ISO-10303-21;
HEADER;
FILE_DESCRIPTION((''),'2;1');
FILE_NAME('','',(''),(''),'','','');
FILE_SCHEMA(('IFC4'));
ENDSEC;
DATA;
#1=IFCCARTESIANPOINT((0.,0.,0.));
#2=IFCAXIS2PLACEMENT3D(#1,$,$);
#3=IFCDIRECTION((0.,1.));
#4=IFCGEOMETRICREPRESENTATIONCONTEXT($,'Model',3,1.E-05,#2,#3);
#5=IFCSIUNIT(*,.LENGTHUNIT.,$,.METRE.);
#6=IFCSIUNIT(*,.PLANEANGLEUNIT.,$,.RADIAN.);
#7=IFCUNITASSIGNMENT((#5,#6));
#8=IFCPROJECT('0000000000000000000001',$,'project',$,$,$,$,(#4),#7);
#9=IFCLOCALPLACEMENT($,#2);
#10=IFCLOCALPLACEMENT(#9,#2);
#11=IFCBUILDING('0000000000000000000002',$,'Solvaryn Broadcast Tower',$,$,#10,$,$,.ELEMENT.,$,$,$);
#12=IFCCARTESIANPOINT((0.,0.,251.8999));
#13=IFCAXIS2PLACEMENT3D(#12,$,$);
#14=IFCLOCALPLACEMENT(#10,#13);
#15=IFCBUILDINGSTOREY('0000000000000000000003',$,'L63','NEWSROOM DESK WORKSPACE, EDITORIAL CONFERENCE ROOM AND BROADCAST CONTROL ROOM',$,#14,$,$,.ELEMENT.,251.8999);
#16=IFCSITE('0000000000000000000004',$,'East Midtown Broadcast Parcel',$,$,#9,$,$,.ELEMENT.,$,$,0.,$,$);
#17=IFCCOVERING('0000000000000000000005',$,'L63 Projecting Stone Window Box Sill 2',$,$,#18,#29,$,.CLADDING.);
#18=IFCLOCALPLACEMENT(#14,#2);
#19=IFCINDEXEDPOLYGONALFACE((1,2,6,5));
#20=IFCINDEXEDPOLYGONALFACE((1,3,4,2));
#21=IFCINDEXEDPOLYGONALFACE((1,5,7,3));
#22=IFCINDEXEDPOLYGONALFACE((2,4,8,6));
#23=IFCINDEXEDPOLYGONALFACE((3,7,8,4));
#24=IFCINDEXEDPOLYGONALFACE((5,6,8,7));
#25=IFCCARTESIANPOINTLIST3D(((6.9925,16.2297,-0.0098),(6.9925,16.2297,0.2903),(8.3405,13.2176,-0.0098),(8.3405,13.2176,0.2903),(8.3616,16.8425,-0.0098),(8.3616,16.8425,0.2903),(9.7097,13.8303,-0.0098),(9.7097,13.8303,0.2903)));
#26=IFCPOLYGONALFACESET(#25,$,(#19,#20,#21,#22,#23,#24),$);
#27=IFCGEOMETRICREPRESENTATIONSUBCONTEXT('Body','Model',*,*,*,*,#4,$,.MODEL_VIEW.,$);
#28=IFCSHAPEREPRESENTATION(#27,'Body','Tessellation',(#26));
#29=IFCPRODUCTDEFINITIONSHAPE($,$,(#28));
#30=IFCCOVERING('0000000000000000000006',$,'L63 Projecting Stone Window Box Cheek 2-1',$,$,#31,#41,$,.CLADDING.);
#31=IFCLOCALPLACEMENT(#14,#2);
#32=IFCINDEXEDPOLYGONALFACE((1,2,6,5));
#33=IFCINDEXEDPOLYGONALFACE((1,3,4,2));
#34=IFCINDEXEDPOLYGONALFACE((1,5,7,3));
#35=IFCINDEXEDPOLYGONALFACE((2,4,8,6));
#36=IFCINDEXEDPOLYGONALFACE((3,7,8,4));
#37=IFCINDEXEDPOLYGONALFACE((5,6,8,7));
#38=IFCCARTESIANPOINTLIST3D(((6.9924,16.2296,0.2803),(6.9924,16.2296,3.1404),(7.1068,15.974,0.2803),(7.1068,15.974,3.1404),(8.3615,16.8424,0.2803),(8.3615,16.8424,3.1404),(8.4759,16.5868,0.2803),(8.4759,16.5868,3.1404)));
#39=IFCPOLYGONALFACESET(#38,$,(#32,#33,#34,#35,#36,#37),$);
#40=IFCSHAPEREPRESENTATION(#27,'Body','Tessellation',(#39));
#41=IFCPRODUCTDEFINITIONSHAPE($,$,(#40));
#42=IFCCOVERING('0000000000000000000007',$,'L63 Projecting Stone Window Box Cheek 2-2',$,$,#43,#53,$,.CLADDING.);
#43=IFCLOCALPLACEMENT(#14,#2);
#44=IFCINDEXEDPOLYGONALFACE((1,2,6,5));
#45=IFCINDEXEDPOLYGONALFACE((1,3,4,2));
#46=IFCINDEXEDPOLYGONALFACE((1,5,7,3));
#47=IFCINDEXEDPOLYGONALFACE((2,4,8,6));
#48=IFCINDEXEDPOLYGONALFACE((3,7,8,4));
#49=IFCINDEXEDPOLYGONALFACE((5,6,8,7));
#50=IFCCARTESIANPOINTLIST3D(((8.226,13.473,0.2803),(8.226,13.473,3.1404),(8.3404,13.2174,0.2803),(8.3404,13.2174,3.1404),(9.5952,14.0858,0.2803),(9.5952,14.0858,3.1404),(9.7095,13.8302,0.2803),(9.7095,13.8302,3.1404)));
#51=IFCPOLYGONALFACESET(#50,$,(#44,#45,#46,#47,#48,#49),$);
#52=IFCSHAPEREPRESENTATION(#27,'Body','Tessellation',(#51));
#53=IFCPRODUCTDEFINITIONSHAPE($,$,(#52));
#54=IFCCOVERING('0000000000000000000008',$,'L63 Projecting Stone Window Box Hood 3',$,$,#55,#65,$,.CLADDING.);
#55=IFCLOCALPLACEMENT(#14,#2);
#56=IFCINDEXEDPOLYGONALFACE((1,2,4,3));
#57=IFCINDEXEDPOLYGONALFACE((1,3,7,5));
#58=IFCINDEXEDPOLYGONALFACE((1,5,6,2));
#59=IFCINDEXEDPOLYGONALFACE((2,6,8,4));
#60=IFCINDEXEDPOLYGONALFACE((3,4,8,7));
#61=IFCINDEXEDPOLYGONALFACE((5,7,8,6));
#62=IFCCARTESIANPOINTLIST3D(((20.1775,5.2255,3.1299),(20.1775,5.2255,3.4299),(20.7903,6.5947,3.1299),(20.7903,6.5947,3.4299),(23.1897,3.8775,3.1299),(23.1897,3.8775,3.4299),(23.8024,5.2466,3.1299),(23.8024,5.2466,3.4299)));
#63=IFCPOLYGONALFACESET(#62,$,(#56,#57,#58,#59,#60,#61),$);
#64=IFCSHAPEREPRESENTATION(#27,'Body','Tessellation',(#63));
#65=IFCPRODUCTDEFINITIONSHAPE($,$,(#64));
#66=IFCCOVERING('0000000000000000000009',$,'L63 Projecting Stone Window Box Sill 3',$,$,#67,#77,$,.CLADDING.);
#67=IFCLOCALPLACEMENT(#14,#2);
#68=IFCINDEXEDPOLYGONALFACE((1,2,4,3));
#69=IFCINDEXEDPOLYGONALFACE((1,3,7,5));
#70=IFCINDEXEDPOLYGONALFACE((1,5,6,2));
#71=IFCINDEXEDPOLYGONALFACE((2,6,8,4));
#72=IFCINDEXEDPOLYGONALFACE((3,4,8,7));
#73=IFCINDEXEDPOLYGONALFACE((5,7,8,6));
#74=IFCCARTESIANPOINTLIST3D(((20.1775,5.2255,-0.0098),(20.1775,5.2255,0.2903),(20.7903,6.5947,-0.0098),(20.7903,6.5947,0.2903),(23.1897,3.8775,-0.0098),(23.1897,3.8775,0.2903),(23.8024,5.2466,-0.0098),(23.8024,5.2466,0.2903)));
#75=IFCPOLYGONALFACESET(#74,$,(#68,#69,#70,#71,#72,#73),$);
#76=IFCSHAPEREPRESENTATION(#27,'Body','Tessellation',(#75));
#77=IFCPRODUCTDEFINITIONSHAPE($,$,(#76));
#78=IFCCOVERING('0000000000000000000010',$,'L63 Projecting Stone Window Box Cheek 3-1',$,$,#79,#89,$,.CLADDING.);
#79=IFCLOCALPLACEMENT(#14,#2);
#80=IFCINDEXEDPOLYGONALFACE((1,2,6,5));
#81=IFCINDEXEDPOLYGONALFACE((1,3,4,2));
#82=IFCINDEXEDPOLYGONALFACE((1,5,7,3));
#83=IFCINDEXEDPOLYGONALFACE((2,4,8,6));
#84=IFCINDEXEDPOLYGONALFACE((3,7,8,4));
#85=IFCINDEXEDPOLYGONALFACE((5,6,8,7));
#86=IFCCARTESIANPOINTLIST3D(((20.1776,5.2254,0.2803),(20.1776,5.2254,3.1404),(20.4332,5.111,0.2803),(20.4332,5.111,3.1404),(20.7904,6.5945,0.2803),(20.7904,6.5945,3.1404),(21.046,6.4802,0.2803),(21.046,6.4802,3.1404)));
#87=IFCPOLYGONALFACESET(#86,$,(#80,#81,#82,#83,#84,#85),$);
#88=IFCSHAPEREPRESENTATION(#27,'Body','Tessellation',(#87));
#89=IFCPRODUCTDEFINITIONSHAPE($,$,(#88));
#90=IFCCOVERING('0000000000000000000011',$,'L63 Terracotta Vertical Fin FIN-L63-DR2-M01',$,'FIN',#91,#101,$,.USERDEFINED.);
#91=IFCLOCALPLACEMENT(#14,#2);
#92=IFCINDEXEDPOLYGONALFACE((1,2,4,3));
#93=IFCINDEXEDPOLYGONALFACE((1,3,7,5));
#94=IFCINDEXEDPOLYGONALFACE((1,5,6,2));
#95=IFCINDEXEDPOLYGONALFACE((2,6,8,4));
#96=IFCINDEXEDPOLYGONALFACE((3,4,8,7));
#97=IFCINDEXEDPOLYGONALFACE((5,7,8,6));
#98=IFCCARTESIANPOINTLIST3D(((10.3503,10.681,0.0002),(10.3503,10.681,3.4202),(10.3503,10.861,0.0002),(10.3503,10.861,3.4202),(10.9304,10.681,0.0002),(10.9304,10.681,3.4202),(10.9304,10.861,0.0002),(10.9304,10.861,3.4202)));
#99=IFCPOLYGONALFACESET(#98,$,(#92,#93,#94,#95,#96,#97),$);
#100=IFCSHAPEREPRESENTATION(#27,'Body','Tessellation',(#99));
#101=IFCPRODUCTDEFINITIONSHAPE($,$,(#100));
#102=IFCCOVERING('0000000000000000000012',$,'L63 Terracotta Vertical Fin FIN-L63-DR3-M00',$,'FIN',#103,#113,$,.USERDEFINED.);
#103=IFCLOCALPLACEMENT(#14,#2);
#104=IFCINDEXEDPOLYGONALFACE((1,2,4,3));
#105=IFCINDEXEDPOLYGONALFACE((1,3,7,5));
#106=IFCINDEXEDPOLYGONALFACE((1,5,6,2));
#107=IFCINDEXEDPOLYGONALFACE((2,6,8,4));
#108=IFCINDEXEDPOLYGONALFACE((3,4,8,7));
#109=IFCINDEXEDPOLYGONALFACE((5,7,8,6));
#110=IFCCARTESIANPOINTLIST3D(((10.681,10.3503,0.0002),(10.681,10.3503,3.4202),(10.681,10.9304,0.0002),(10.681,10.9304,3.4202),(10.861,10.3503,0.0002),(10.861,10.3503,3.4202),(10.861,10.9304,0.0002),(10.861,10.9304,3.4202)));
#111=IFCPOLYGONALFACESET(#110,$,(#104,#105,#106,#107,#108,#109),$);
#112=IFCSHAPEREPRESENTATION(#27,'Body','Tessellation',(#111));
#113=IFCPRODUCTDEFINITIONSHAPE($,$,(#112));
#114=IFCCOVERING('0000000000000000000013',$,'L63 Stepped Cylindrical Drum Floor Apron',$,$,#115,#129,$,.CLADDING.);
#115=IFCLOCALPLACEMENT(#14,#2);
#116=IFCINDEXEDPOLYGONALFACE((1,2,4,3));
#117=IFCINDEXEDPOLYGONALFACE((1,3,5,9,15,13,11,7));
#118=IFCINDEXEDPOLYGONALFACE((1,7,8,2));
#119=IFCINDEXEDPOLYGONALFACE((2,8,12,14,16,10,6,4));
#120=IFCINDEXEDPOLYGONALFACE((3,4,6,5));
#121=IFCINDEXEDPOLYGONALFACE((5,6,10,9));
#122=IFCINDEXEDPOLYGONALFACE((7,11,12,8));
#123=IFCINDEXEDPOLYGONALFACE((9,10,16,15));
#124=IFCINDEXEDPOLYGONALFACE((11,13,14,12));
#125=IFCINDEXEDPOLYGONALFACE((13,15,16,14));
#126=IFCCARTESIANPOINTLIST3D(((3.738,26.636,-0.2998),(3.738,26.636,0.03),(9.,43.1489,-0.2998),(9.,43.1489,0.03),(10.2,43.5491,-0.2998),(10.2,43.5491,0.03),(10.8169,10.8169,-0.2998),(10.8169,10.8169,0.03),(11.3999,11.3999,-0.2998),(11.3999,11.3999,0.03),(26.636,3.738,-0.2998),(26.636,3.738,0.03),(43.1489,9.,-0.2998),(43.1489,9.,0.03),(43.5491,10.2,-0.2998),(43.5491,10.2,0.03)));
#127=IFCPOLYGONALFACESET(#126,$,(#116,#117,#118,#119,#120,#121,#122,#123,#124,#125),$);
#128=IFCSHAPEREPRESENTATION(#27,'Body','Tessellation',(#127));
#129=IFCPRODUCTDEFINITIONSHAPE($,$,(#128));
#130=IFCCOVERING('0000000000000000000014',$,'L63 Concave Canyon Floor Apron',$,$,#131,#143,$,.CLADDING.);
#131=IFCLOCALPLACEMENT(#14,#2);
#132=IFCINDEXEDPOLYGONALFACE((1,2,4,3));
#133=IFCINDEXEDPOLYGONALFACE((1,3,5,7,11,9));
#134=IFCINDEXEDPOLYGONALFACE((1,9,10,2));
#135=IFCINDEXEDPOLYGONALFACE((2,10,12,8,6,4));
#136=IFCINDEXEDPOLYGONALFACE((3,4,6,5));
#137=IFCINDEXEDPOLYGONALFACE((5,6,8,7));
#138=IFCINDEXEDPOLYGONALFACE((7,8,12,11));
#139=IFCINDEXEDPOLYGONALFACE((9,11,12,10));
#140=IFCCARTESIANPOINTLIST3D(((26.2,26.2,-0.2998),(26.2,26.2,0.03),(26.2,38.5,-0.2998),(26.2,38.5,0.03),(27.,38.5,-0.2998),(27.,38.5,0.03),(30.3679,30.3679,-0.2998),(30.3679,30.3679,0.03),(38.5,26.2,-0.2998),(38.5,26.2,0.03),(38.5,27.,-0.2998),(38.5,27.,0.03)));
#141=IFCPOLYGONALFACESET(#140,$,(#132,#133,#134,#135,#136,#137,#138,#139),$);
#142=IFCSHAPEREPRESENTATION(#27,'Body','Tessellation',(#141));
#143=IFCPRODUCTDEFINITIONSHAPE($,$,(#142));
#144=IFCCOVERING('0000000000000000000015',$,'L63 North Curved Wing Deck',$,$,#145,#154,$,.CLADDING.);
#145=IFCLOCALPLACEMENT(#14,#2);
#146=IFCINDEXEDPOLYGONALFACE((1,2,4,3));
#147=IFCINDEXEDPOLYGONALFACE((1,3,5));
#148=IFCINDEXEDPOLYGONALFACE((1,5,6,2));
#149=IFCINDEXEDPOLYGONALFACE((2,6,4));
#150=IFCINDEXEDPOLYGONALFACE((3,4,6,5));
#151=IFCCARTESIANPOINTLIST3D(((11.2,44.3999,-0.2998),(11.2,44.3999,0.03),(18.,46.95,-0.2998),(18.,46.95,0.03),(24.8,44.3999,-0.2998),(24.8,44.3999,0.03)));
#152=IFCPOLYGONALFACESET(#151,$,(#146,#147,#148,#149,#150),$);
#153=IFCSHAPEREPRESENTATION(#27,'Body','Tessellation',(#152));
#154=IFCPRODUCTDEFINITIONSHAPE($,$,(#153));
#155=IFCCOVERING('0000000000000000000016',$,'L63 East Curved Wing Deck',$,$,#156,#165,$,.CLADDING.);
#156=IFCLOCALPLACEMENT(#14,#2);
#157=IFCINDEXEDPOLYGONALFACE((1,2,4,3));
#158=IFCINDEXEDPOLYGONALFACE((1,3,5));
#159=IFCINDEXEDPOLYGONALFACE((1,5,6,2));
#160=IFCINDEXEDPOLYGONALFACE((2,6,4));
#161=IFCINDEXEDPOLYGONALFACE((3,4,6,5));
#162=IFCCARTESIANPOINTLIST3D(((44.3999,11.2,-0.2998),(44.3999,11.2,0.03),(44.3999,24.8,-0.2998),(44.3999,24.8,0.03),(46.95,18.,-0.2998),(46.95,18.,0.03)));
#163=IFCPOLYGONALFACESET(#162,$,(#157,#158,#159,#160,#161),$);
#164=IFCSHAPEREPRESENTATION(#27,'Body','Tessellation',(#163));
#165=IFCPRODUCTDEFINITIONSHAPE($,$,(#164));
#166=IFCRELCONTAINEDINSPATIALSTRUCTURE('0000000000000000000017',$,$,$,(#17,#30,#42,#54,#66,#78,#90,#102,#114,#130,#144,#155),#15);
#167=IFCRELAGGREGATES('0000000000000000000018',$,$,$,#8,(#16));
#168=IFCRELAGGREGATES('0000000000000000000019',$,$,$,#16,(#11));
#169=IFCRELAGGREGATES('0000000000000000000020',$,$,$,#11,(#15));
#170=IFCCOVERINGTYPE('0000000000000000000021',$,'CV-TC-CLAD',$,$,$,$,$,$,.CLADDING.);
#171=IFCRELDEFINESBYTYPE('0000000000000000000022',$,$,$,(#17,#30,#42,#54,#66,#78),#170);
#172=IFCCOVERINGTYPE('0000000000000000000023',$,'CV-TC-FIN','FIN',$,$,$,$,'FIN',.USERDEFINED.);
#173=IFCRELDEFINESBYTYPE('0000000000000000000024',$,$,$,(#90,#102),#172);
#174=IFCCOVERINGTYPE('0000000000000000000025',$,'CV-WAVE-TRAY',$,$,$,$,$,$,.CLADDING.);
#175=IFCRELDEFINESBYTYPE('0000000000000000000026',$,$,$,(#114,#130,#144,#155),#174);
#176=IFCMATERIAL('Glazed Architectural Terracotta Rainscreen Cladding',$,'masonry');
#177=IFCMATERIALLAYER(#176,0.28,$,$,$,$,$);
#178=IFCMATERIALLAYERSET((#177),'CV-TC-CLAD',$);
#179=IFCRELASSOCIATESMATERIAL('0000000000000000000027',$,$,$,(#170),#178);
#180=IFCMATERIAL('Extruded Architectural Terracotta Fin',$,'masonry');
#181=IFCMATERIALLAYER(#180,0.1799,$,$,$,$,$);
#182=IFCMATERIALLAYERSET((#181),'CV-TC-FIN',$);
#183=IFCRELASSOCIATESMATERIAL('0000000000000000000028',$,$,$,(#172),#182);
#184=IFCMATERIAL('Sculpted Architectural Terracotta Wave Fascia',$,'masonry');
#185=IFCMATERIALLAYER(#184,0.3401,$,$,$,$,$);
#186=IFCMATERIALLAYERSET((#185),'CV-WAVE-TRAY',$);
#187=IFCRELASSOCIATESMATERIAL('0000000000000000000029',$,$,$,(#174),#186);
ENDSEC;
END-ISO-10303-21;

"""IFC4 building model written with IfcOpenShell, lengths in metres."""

from ifc_helpers import new_model, si_unit, direction, frame, origin, origin_2d, place, context, subcontext, project, spatial, polyline, rectangle, outline, extrude, material, layer, layer_set, type_object, element, save


model = new_model("IFC4")

# Units and contexts
model_context = context("Model", 3, precision=1e-05, world=origin(), true_north=direction((0.0, 1.0)))
body_context = subcontext(model_context, "Body", "Model", "MODEL_VIEW")
ifc_project = project(units=[si_unit("LENGTHUNIT", "METRE"), si_unit("PLANEANGLEUNIT", "RADIAN")], contexts=[model_context])

# Site, building, storey
site_placement = place(None, origin())
site = spatial("IfcSite", under=ifc_project, at=site_placement, Name="East Midtown Broadcast Parcel", CompositionType="ELEMENT", RefElevation=0.0)
building_placement = place(site_placement, origin())
building = spatial("IfcBuilding", under=site, at=building_placement, Name="Solvaryn Broadcast Tower", CompositionType="ELEMENT")
storey_placement = place(building_placement, frame((0.0, 0.0, 251.8999)))
storey = spatial("IfcBuildingStorey", under=building, at=storey_placement, Name="L63", Description="NEWSROOM DESK WORKSPACE, EDITORIAL CONFERENCE ROOM AND BROADCAST CONTROL ROOM", CompositionType="ELEMENT", Elevation=251.8999)

# Coverings
ifc_material_1 = material(Name="Glazed Architectural Terracotta Rainscreen Cladding", Category="masonry")
ifc_layer_1 = layer(ifc_material_1, 0.28)
ifc_layer_set_1 = layer_set([ifc_layer_1], Name="CV-TC-CLAD")
covering_type_1 = type_object("IfcCoveringType", Name="CV-TC-CLAD", PredefinedType="CLADDING", material=ifc_layer_set_1)
for number, where, z_axis, x_axis, name in (
    (1, (8.3511, 15.03, -0.0098), (0.0, 0.0, 1.0), (0.40849, -0.912763, 0.0), "L63 Projecting Stone Window Box Sill 2"),
):
    element("IfcCovering", number, at=place(storey_placement, frame(where, z_axis=z_axis, x_axis=x_axis)), inside=storey, type_object=covering_type_1, Name=name, PredefinedType="CLADDING", context=body_context, shape_type="SweptSolid", body=[
        extrude(rectangle(XDim=3.3, YDim=1.5, at=origin_2d()), origin(), (0.0, 0.0, 1.0), 0.3),
    ])
for number, where, z_axis, x_axis, name in (
    (2, (7.7341, 16.4082, 0.2803), (0.0, 0.0, 1.0), (0.40849, -0.912763, 0.0), "L63 Projecting Stone Window Box Cheek 2-1"),
    (3, (8.9678, 13.6516, 0.2803), (0.0, 0.0, 1.0), (0.40849, -0.912763, 0.0), "L63 Projecting Stone Window Box Cheek 2-2"),
):
    element("IfcCovering", number, at=place(storey_placement, frame(where, z_axis=z_axis, x_axis=x_axis)), inside=storey, type_object=covering_type_1, Name=name, PredefinedType="CLADDING", context=body_context, shape_type="SweptSolid", body=[
        extrude(rectangle(XDim=0.28, YDim=1.5, at=origin_2d()), origin(), (0.0, 0.0, 1.0), 2.8601),
    ])
for number, where, z_axis, x_axis, name in (
    (4, (21.99, 5.2361, 3.1299), (0.0, 0.0, 1.0), (0.912763, -0.40849, 0.0), "L63 Projecting Stone Window Box Hood 3"),
    (5, (21.99, 5.2361, -0.0098), (0.0, 0.0, 1.0), (0.912763, -0.40849, 0.0), "L63 Projecting Stone Window Box Sill 3"),
):
    element("IfcCovering", number, at=place(storey_placement, frame(where, z_axis=z_axis, x_axis=x_axis)), inside=storey, type_object=covering_type_1, Name=name, PredefinedType="CLADDING", context=body_context, shape_type="SweptSolid", body=[
        extrude(rectangle(XDim=3.3, YDim=1.5, at=origin_2d()), origin(), (0.0, 0.0, 1.0), 0.3),
    ])
covering_1_placement = place(storey_placement, frame((20.6118, 5.8528, 0.2803), z_axis=(0.0, 0.0, 1.0), x_axis=(0.912763, -0.40849, 0.0)))
element("IfcCovering", 6, at=covering_1_placement, inside=storey, type_object=covering_type_1, Name="L63 Projecting Stone Window Box Cheek 3-1", PredefinedType="CLADDING", context=body_context, shape_type="SweptSolid", body=[
    extrude(rectangle(XDim=0.28, YDim=1.5, at=origin_2d()), origin(), (0.0, 0.0, 1.0), 2.8601),
])
ifc_material_2 = material(Name="Extruded Architectural Terracotta Fin", Category="masonry")
ifc_layer_2 = layer(ifc_material_2, 0.1799)
ifc_layer_set_2 = layer_set([ifc_layer_2], Name="CV-TC-FIN")
covering_type_2 = type_object("IfcCoveringType", Name="CV-TC-FIN", Description="FIN", ElementType="FIN", PredefinedType="USERDEFINED", material=ifc_layer_set_2)
covering_2_placement = place(storey_placement, frame((10.6404, 10.771, 0.0002), z_axis=(0.0, 0.0, 1.0), x_axis=(1.0, 0.0, 0.0)))
element("IfcCovering", 7, at=covering_2_placement, inside=storey, type_object=covering_type_2, Name="L63 Terracotta Vertical Fin FIN-L63-DR2-M01", ObjectType="FIN", PredefinedType="USERDEFINED", context=body_context, shape_type="SweptSolid", body=[
    extrude(rectangle(XDim=0.5801, YDim=0.1799, at=origin_2d()), origin(), (0.0, 0.0, 1.0), 3.4199),
])
covering_3_placement = place(storey_placement, frame((10.771, 10.6404, 0.0002), z_axis=(0.0, 0.0, 1.0), x_axis=(1.0, 0.0, 0.0)))
element("IfcCovering", 8, at=covering_3_placement, inside=storey, type_object=covering_type_2, Name="L63 Terracotta Vertical Fin FIN-L63-DR3-M00", ObjectType="FIN", PredefinedType="USERDEFINED", context=body_context, shape_type="SweptSolid", body=[
    extrude(rectangle(XDim=0.1799, YDim=0.5801, at=origin_2d()), origin(), (0.0, 0.0, 1.0), 3.4199),
])
ifc_material_3 = material(Name="Sculpted Architectural Terracotta Wave Fascia", Category="masonry")
ifc_layer_3 = layer(ifc_material_3, 0.3401)
ifc_layer_set_3 = layer_set([ifc_layer_3], Name="CV-WAVE-TRAY")
covering_type_3 = type_object("IfcCoveringType", Name="CV-WAVE-TRAY", PredefinedType="CLADDING", material=ifc_layer_set_3)
covering_4_placement = place(storey_placement, frame((0.0, 0.0, -0.2998)))
element("IfcCovering", 9, at=covering_4_placement, inside=storey, type_object=covering_type_3, Name="L63 Stepped Cylindrical Drum Floor Apron", PredefinedType="CLADDING", context=body_context, shape_type="SweptSolid", body=[
    extrude(outline(polyline([(10.2, 43.5491), (9.0, 43.1489), (3.738, 26.636), (10.8169, 10.8169), (26.636, 3.738), (43.1489, 9.0), (43.1489, 9.0), (43.5491, 10.2), (11.3999, 11.3999), (10.2, 43.5491)])), origin(), (0.0, 0.0, 1.0), 0.3298),
])
covering_5_placement = place(storey_placement, frame((0.0, 0.0, -0.2998)))
element("IfcCovering", 10, at=covering_5_placement, inside=storey, type_object=covering_type_3, Name="L63 Concave Canyon Floor Apron", PredefinedType="CLADDING", context=body_context, shape_type="SweptSolid", body=[
    extrude(outline(polyline([(26.2, 26.2), (38.5, 26.2), (38.5, 27.0), (30.3679, 30.3679), (27.0, 38.5), (26.2, 38.5), (26.2, 26.2)])), origin(), (0.0, 0.0, 1.0), 0.3298),
])
covering_6_placement = place(storey_placement, frame((0.0, 0.0, -0.2998)))
element("IfcCovering", 11, at=covering_6_placement, inside=storey, type_object=covering_type_3, Name="L63 North Curved Wing Deck", PredefinedType="CLADDING", context=body_context, shape_type="SweptSolid", body=[
    extrude(outline(polyline([(11.2, 44.3999), (24.8, 44.3999), (18.0, 46.95), (11.2, 44.3999)])), origin(), (0.0, 0.0, 1.0), 0.3298),
])
covering_7_placement = place(storey_placement, frame((0.0, 0.0, -0.2998)))
element("IfcCovering", 12, at=covering_7_placement, inside=storey, type_object=covering_type_3, Name="L63 East Curved Wing Deck", PredefinedType="CLADDING", context=body_context, shape_type="SweptSolid", body=[
    extrude(outline(polyline([(44.3999, 11.2), (46.95, 18.0), (44.3999, 24.8), (44.3999, 11.2)])), origin(), (0.0, 0.0, 1.0), 0.3298),
])

save(model, "model.ifc")
